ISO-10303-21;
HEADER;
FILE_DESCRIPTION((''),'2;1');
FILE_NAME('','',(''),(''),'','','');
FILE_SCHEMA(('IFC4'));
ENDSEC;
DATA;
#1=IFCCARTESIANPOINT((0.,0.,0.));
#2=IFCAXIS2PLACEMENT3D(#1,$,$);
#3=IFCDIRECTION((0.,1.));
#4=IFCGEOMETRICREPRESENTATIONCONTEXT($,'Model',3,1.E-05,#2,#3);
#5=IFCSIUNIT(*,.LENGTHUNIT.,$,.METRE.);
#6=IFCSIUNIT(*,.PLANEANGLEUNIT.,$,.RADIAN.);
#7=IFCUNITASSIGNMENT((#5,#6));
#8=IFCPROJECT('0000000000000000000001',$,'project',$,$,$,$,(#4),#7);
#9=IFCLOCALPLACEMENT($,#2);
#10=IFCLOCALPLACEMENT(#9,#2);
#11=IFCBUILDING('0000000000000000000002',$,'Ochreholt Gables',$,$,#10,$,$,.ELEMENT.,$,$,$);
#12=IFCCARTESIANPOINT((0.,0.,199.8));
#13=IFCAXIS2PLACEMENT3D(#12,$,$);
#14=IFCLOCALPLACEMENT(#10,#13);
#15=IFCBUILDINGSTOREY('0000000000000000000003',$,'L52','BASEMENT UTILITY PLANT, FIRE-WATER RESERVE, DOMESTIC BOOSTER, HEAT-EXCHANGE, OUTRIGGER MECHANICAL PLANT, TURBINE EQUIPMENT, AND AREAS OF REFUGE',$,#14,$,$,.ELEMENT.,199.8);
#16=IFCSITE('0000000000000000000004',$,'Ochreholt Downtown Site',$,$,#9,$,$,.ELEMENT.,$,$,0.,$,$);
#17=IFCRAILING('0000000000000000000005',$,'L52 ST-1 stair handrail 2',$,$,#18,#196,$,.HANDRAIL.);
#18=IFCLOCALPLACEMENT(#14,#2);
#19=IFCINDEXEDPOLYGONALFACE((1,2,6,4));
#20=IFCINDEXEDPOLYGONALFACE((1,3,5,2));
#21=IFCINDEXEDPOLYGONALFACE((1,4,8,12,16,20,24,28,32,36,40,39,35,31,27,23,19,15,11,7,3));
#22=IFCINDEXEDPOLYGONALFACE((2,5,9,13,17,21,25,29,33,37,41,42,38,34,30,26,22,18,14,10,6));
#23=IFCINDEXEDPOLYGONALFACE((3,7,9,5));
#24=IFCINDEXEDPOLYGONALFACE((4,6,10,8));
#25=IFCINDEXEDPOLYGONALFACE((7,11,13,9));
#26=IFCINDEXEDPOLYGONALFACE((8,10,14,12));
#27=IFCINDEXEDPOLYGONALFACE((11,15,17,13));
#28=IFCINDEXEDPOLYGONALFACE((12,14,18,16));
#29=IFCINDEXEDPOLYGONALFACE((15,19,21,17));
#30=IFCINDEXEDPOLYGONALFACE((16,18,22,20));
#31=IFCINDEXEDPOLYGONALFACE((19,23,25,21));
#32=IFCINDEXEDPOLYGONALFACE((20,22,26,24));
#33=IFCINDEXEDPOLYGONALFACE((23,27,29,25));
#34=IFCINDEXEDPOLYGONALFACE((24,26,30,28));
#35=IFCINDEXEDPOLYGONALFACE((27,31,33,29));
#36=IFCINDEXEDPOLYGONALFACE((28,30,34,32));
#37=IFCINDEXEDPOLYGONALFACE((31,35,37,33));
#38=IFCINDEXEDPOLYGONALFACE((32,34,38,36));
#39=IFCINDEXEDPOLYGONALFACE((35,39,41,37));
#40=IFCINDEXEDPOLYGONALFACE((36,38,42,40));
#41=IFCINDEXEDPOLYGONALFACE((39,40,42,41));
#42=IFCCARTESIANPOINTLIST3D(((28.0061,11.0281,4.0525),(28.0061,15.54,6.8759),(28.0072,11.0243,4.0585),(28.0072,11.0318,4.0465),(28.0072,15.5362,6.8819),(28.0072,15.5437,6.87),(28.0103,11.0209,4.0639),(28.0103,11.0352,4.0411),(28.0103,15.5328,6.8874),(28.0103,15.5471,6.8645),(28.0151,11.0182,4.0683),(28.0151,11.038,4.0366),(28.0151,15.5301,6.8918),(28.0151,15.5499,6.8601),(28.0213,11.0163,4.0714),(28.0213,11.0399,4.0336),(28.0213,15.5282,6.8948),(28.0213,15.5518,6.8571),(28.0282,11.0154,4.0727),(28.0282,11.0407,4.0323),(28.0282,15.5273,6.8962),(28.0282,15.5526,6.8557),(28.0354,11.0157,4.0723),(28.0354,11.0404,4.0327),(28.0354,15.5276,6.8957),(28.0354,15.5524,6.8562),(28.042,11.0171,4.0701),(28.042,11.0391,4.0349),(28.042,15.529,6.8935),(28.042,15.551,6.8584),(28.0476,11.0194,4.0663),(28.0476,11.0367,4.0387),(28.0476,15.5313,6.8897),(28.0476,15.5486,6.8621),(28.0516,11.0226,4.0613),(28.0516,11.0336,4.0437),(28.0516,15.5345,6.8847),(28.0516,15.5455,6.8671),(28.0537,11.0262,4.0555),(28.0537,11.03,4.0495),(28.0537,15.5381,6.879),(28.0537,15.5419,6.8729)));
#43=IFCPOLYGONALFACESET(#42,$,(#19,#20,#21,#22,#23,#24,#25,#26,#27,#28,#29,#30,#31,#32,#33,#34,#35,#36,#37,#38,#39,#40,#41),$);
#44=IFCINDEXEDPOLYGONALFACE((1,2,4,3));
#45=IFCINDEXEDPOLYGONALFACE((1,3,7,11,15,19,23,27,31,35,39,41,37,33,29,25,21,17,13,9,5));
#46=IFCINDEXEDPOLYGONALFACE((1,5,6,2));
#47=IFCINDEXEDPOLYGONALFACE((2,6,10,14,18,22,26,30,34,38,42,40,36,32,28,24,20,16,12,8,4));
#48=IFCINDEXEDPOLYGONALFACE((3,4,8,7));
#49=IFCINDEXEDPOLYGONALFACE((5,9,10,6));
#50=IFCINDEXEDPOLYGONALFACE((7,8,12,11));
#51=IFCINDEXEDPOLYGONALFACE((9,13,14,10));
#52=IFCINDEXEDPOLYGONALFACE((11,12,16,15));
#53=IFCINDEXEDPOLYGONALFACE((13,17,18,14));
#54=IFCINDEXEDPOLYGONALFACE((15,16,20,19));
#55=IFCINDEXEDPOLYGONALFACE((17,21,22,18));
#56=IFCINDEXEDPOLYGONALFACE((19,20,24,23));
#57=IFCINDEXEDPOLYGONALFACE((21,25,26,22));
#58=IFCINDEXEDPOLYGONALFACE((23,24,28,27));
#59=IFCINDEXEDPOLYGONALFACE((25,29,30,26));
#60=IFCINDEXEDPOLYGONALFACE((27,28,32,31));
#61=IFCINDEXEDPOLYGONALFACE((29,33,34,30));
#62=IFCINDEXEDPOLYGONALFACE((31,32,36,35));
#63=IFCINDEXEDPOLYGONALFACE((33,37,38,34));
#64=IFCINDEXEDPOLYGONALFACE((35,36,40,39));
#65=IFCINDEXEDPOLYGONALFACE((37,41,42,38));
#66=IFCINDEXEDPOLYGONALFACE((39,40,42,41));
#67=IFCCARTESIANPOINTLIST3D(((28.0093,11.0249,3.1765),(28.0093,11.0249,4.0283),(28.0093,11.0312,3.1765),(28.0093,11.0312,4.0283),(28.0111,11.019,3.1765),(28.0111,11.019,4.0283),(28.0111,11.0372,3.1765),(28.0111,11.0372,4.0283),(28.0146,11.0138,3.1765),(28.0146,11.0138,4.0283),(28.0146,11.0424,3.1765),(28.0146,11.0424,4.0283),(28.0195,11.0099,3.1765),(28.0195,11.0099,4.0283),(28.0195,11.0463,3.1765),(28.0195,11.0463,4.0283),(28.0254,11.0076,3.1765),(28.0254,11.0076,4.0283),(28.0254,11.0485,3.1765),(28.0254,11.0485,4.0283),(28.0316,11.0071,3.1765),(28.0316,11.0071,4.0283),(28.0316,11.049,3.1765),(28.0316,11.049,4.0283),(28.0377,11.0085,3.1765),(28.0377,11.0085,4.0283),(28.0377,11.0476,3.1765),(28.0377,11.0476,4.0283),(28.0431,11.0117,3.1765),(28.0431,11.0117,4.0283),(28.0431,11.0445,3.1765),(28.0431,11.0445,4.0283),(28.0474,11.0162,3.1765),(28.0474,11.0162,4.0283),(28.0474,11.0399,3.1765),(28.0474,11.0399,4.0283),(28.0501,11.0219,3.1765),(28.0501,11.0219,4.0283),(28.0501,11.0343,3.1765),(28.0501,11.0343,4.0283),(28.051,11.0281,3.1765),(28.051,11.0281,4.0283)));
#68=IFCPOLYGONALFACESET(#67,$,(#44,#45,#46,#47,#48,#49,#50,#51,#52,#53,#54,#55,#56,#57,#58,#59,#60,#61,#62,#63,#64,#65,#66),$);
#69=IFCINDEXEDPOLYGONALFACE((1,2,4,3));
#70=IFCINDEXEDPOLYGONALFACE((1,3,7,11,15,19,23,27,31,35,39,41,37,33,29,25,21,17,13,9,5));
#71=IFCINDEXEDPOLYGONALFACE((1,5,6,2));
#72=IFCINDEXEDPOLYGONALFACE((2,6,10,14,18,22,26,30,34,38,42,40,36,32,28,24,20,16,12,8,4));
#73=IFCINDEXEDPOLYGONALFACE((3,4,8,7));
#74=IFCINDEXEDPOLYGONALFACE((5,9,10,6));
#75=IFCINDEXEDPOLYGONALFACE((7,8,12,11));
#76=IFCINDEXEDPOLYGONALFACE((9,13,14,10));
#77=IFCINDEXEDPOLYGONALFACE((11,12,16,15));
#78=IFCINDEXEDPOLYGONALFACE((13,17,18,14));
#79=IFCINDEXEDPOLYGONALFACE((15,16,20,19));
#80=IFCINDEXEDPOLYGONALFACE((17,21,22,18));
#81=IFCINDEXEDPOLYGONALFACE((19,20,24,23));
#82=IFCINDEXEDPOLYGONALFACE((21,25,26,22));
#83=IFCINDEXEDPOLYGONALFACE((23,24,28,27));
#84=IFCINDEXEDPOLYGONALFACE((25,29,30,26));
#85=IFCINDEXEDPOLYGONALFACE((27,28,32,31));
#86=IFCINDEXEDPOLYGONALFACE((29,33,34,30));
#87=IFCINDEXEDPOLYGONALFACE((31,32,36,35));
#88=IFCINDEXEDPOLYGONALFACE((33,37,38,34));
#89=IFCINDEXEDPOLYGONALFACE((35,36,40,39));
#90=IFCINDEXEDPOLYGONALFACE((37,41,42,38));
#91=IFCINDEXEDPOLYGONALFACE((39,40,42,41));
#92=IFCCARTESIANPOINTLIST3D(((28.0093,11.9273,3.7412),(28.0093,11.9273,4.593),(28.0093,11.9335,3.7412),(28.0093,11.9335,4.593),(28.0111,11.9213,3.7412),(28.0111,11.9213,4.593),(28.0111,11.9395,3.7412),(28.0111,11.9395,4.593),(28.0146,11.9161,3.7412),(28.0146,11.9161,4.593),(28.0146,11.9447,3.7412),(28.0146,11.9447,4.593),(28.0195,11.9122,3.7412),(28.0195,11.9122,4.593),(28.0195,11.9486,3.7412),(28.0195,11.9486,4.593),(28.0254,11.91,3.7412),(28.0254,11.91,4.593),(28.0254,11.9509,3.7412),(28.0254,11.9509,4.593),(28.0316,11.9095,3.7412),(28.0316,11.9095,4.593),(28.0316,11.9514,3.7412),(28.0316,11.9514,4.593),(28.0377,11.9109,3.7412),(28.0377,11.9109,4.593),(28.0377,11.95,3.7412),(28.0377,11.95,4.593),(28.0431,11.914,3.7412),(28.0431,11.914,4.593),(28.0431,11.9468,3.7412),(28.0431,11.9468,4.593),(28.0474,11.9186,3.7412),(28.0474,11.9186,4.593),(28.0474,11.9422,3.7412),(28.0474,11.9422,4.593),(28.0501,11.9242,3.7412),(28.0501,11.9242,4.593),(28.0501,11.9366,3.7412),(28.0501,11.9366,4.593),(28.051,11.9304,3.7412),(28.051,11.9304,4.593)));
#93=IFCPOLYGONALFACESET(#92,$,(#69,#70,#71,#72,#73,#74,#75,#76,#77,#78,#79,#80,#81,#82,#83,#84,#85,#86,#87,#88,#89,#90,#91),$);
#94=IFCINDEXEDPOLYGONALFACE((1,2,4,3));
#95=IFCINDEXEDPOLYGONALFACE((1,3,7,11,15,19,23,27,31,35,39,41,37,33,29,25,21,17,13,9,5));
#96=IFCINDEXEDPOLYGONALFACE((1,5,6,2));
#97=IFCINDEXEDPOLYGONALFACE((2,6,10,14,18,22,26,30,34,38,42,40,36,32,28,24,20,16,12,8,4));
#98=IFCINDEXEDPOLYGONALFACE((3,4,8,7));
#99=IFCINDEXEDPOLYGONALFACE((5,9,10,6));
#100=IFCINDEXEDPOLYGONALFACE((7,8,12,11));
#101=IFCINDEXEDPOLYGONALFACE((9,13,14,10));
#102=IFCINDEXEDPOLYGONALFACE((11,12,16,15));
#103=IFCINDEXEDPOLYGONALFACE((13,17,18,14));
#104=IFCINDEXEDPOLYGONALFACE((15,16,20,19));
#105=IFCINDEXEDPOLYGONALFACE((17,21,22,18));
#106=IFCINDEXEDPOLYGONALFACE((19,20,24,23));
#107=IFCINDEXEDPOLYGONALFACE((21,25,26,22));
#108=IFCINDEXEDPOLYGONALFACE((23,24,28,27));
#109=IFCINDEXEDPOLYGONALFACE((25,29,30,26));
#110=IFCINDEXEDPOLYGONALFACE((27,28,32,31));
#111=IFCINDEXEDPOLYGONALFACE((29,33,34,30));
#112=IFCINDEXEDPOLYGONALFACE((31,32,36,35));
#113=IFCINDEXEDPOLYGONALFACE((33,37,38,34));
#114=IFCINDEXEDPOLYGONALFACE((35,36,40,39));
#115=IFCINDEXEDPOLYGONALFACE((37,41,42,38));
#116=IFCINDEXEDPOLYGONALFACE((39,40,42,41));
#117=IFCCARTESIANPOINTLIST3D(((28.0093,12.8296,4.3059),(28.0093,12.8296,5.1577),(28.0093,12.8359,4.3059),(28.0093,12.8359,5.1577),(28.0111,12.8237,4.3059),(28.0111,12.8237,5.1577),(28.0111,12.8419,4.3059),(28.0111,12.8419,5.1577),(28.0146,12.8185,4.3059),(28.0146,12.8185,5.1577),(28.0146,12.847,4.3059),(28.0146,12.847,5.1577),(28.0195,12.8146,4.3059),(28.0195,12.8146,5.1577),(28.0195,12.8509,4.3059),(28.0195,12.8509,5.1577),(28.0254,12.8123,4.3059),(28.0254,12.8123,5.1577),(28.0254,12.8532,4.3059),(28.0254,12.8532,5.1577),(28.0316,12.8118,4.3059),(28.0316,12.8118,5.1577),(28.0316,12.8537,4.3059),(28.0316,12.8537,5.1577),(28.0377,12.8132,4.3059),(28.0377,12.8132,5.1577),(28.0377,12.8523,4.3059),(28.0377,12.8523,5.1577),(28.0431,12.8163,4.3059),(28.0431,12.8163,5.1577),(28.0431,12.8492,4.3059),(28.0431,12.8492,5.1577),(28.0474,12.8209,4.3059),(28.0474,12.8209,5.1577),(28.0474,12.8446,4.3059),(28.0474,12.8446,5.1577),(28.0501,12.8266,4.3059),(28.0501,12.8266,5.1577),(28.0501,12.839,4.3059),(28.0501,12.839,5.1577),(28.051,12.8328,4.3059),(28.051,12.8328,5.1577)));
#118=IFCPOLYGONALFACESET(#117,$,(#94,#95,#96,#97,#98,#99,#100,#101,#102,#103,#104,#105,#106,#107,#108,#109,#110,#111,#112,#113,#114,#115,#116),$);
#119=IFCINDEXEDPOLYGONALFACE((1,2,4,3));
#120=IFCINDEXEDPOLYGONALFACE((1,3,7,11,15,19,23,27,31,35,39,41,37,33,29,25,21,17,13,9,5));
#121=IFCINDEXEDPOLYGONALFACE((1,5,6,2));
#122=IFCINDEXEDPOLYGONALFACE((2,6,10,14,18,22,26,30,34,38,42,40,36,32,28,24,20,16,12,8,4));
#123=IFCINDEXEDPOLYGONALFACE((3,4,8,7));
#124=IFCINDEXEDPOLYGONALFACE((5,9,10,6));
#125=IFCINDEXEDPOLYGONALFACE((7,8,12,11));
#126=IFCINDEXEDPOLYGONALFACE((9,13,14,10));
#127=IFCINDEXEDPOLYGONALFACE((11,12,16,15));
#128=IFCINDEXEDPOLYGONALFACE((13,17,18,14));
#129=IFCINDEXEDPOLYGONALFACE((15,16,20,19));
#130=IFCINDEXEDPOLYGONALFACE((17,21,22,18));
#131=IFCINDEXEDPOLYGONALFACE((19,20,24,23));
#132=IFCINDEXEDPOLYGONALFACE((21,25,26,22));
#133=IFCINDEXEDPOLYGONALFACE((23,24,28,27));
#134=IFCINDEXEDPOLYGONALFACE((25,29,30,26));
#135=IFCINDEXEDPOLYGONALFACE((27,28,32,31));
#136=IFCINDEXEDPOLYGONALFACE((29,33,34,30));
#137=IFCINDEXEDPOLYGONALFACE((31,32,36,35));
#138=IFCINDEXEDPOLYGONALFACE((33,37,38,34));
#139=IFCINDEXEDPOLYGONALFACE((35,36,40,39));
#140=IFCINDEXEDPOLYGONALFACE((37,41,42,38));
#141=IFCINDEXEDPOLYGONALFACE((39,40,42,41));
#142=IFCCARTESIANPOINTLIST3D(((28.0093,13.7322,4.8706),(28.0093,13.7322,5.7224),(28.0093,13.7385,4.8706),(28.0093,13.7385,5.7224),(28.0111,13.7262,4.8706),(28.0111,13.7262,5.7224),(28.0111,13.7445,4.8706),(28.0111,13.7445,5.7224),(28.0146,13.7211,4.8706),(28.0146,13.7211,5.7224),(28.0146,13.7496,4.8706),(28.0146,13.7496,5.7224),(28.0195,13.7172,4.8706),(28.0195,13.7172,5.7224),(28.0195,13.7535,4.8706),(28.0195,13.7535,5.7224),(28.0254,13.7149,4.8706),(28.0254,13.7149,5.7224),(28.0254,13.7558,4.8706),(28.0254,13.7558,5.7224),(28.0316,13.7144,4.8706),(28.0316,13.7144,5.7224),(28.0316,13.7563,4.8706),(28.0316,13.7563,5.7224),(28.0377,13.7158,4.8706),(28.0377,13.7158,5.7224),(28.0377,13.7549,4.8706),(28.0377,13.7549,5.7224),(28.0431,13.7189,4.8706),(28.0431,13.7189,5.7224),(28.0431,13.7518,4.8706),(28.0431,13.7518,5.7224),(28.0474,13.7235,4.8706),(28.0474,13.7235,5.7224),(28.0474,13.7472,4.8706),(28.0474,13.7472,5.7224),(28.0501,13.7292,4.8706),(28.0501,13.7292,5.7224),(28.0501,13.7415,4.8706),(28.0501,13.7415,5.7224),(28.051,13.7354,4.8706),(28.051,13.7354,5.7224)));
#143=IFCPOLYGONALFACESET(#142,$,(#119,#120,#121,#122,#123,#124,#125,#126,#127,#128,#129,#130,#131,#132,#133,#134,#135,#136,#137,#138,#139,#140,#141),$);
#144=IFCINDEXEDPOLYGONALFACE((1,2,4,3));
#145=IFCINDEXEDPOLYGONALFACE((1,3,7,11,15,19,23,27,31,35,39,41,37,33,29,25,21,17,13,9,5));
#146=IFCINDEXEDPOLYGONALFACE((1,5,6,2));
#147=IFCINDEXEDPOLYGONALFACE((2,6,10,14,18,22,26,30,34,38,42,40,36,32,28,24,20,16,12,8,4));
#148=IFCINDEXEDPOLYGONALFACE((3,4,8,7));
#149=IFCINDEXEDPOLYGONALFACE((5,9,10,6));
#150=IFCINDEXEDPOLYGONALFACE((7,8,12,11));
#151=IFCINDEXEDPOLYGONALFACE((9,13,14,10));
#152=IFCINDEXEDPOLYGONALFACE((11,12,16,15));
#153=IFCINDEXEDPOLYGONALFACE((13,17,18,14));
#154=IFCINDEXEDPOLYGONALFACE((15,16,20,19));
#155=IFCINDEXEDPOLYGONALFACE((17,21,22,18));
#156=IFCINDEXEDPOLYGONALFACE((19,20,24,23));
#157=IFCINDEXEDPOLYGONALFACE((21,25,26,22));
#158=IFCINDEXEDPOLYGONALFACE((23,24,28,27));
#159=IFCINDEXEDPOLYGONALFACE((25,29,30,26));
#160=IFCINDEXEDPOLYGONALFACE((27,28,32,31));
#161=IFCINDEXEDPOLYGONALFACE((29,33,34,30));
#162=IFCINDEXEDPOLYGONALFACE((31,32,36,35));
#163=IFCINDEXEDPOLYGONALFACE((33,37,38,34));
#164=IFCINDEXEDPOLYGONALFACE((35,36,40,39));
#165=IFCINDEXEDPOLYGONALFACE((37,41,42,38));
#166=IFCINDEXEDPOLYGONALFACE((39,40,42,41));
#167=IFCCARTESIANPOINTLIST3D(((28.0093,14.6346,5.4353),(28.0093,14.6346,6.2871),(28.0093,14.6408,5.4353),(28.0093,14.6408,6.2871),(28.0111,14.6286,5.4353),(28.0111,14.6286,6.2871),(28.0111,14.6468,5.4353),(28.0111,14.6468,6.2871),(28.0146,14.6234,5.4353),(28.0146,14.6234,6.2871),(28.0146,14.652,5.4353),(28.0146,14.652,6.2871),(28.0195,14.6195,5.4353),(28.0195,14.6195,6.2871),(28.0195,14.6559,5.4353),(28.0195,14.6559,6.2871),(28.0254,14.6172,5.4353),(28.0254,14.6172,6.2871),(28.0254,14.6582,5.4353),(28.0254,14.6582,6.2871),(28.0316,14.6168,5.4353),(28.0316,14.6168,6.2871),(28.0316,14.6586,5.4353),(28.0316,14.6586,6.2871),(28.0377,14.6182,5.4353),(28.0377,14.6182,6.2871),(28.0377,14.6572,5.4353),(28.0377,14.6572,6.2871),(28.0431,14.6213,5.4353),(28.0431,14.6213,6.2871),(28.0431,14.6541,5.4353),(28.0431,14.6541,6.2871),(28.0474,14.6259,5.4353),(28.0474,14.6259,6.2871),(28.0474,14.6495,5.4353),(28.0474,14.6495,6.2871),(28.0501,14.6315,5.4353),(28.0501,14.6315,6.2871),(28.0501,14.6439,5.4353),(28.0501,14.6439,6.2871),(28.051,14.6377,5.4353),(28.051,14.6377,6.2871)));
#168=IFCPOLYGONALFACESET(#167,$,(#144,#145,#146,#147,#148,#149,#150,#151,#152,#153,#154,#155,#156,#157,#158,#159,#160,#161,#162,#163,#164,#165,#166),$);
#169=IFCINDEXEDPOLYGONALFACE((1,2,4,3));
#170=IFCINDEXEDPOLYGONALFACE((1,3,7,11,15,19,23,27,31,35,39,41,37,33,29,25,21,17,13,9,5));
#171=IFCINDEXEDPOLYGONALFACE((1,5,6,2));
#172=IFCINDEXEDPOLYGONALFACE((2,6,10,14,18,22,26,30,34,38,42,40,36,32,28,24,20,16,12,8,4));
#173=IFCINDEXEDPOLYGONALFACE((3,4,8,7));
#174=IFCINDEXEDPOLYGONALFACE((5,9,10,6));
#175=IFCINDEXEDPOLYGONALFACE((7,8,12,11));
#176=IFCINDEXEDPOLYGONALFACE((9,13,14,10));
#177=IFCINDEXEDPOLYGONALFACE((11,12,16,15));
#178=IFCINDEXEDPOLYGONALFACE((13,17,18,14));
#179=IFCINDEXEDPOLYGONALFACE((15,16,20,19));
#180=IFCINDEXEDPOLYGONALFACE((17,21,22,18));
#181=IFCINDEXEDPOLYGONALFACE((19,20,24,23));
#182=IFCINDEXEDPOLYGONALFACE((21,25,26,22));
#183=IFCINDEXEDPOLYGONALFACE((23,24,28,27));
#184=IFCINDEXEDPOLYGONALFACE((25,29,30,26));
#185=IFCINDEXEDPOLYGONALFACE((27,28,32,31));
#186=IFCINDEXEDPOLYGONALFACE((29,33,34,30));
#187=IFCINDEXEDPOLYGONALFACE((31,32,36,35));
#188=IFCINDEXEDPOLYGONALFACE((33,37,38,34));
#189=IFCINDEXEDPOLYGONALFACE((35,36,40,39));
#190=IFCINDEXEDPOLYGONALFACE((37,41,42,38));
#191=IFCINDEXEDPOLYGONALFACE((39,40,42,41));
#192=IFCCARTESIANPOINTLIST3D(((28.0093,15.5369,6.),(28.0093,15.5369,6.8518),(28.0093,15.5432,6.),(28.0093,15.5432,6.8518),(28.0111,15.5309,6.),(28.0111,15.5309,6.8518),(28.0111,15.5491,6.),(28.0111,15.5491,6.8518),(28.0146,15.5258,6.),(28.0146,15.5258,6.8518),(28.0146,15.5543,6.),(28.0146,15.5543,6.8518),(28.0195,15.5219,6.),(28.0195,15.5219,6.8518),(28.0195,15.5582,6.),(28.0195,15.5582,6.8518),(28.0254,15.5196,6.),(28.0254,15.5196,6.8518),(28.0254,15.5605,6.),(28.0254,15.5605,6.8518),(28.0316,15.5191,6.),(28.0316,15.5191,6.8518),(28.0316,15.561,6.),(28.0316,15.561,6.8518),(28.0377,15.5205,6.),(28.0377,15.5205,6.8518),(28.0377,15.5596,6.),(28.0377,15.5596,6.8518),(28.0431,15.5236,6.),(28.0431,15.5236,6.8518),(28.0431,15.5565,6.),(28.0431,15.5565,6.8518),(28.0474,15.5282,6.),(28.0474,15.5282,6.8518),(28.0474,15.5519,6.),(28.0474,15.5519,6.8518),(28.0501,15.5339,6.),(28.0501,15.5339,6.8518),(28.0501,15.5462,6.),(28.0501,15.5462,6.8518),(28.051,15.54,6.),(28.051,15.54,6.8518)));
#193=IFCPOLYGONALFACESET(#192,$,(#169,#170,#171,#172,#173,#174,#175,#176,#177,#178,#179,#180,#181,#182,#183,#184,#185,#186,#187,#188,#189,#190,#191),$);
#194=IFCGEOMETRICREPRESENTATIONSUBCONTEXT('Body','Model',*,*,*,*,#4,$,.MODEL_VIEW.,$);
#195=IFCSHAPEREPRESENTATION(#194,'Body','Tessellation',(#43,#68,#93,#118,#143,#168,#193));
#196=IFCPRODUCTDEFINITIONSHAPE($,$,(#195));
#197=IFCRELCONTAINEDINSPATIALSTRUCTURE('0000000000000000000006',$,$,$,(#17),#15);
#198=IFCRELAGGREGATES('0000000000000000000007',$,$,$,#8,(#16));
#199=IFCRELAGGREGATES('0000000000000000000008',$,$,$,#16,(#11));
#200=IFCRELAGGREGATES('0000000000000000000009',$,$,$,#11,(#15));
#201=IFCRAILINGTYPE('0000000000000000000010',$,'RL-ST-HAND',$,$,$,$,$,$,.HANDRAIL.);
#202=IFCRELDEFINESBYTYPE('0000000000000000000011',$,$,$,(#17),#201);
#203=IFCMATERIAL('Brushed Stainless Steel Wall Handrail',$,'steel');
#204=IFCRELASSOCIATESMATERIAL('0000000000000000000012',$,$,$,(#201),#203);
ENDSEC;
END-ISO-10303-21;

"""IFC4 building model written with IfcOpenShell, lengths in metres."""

from ifc_helpers import new_model, si_unit, direction, frame, origin, origin_2d, place, context, subcontext, project, spatial, circle, extrude, material, type_object, element, save


model = new_model("IFC4")

# Units and contexts
model_context = context("Model", 3, precision=1e-05, world=origin(), true_north=direction((0.0, 1.0)))
body_context = subcontext(model_context, "Body", "Model", "MODEL_VIEW")
ifc_project = project(units=[si_unit("LENGTHUNIT", "METRE"), si_unit("PLANEANGLEUNIT", "RADIAN")], contexts=[model_context])

# Site, building, storey
site_placement = place(None, origin())
site = spatial("IfcSite", under=ifc_project, at=site_placement, Name="Ochreholt Downtown Site", CompositionType="ELEMENT", RefElevation=0.0)
building_placement = place(site_placement, origin())
building = spatial("IfcBuilding", under=site, at=building_placement, Name="Ochreholt Gables", CompositionType="ELEMENT")
storey_placement = place(building_placement, frame((0.0, 0.0, 199.8)))
storey = spatial("IfcBuildingStorey", under=building, at=storey_placement, Name="L52", Description="BASEMENT UTILITY PLANT, FIRE-WATER RESERVE, DOMESTIC BOOSTER, HEAT-EXCHANGE, OUTRIGGER MECHANICAL PLANT, TURBINE EQUIPMENT, AND AREAS OF REFUGE", CompositionType="ELEMENT", Elevation=199.8)

# Railing
ifc_material_1 = material(Name="Brushed Stainless Steel Wall Handrail", Category="steel")
railing_type_1 = type_object("IfcRailingType", Name="RL-ST-HAND", PredefinedType="HANDRAIL", material=ifc_material_1)
railing_1_placement = place(storey_placement, frame((28.03, 11.0281, 3.1765)))
element("IfcRailing", 1, at=railing_1_placement, inside=storey, type_object=railing_type_1, Name="L52 ST-1 stair handrail 2", PredefinedType="HANDRAIL", context=body_context, shape_type="SweptSolid", body=[
    extrude(circle(Radius=0.0239, at=origin_2d()), frame((0.0, 0.0, 0.876), z_axis=(0.0, 0.847702, 0.530473), x_axis=(-1.0, 0.0, 0.0)), (0.0, 0.0, 1.0), 5.3225),
    extrude(circle(Radius=0.021, at=origin_2d()), origin(), (0.0, 0.0, 1.0), 0.8518),
    extrude(circle(Radius=0.021, at=origin_2d()), frame((0.0, 0.9023, 0.5647)), (0.0, 0.0, 1.0), 0.8518),
    extrude(circle(Radius=0.021, at=origin_2d()), frame((0.0, 1.8047, 1.1294)), (0.0, 0.0, 1.0), 0.8518),
    extrude(circle(Radius=0.021, at=origin_2d()), frame((0.0, 2.7073, 1.6941)), (0.0, 0.0, 1.0), 0.8518),
    extrude(circle(Radius=0.021, at=origin_2d()), frame((0.0, 3.6096, 2.2588)), (0.0, 0.0, 1.0), 0.8518),
    extrude(circle(Radius=0.021, at=origin_2d()), frame((0.0, 4.512, 2.8235)), (0.0, 0.0, 1.0), 0.8518),
])

save(model, "model.ifc")
